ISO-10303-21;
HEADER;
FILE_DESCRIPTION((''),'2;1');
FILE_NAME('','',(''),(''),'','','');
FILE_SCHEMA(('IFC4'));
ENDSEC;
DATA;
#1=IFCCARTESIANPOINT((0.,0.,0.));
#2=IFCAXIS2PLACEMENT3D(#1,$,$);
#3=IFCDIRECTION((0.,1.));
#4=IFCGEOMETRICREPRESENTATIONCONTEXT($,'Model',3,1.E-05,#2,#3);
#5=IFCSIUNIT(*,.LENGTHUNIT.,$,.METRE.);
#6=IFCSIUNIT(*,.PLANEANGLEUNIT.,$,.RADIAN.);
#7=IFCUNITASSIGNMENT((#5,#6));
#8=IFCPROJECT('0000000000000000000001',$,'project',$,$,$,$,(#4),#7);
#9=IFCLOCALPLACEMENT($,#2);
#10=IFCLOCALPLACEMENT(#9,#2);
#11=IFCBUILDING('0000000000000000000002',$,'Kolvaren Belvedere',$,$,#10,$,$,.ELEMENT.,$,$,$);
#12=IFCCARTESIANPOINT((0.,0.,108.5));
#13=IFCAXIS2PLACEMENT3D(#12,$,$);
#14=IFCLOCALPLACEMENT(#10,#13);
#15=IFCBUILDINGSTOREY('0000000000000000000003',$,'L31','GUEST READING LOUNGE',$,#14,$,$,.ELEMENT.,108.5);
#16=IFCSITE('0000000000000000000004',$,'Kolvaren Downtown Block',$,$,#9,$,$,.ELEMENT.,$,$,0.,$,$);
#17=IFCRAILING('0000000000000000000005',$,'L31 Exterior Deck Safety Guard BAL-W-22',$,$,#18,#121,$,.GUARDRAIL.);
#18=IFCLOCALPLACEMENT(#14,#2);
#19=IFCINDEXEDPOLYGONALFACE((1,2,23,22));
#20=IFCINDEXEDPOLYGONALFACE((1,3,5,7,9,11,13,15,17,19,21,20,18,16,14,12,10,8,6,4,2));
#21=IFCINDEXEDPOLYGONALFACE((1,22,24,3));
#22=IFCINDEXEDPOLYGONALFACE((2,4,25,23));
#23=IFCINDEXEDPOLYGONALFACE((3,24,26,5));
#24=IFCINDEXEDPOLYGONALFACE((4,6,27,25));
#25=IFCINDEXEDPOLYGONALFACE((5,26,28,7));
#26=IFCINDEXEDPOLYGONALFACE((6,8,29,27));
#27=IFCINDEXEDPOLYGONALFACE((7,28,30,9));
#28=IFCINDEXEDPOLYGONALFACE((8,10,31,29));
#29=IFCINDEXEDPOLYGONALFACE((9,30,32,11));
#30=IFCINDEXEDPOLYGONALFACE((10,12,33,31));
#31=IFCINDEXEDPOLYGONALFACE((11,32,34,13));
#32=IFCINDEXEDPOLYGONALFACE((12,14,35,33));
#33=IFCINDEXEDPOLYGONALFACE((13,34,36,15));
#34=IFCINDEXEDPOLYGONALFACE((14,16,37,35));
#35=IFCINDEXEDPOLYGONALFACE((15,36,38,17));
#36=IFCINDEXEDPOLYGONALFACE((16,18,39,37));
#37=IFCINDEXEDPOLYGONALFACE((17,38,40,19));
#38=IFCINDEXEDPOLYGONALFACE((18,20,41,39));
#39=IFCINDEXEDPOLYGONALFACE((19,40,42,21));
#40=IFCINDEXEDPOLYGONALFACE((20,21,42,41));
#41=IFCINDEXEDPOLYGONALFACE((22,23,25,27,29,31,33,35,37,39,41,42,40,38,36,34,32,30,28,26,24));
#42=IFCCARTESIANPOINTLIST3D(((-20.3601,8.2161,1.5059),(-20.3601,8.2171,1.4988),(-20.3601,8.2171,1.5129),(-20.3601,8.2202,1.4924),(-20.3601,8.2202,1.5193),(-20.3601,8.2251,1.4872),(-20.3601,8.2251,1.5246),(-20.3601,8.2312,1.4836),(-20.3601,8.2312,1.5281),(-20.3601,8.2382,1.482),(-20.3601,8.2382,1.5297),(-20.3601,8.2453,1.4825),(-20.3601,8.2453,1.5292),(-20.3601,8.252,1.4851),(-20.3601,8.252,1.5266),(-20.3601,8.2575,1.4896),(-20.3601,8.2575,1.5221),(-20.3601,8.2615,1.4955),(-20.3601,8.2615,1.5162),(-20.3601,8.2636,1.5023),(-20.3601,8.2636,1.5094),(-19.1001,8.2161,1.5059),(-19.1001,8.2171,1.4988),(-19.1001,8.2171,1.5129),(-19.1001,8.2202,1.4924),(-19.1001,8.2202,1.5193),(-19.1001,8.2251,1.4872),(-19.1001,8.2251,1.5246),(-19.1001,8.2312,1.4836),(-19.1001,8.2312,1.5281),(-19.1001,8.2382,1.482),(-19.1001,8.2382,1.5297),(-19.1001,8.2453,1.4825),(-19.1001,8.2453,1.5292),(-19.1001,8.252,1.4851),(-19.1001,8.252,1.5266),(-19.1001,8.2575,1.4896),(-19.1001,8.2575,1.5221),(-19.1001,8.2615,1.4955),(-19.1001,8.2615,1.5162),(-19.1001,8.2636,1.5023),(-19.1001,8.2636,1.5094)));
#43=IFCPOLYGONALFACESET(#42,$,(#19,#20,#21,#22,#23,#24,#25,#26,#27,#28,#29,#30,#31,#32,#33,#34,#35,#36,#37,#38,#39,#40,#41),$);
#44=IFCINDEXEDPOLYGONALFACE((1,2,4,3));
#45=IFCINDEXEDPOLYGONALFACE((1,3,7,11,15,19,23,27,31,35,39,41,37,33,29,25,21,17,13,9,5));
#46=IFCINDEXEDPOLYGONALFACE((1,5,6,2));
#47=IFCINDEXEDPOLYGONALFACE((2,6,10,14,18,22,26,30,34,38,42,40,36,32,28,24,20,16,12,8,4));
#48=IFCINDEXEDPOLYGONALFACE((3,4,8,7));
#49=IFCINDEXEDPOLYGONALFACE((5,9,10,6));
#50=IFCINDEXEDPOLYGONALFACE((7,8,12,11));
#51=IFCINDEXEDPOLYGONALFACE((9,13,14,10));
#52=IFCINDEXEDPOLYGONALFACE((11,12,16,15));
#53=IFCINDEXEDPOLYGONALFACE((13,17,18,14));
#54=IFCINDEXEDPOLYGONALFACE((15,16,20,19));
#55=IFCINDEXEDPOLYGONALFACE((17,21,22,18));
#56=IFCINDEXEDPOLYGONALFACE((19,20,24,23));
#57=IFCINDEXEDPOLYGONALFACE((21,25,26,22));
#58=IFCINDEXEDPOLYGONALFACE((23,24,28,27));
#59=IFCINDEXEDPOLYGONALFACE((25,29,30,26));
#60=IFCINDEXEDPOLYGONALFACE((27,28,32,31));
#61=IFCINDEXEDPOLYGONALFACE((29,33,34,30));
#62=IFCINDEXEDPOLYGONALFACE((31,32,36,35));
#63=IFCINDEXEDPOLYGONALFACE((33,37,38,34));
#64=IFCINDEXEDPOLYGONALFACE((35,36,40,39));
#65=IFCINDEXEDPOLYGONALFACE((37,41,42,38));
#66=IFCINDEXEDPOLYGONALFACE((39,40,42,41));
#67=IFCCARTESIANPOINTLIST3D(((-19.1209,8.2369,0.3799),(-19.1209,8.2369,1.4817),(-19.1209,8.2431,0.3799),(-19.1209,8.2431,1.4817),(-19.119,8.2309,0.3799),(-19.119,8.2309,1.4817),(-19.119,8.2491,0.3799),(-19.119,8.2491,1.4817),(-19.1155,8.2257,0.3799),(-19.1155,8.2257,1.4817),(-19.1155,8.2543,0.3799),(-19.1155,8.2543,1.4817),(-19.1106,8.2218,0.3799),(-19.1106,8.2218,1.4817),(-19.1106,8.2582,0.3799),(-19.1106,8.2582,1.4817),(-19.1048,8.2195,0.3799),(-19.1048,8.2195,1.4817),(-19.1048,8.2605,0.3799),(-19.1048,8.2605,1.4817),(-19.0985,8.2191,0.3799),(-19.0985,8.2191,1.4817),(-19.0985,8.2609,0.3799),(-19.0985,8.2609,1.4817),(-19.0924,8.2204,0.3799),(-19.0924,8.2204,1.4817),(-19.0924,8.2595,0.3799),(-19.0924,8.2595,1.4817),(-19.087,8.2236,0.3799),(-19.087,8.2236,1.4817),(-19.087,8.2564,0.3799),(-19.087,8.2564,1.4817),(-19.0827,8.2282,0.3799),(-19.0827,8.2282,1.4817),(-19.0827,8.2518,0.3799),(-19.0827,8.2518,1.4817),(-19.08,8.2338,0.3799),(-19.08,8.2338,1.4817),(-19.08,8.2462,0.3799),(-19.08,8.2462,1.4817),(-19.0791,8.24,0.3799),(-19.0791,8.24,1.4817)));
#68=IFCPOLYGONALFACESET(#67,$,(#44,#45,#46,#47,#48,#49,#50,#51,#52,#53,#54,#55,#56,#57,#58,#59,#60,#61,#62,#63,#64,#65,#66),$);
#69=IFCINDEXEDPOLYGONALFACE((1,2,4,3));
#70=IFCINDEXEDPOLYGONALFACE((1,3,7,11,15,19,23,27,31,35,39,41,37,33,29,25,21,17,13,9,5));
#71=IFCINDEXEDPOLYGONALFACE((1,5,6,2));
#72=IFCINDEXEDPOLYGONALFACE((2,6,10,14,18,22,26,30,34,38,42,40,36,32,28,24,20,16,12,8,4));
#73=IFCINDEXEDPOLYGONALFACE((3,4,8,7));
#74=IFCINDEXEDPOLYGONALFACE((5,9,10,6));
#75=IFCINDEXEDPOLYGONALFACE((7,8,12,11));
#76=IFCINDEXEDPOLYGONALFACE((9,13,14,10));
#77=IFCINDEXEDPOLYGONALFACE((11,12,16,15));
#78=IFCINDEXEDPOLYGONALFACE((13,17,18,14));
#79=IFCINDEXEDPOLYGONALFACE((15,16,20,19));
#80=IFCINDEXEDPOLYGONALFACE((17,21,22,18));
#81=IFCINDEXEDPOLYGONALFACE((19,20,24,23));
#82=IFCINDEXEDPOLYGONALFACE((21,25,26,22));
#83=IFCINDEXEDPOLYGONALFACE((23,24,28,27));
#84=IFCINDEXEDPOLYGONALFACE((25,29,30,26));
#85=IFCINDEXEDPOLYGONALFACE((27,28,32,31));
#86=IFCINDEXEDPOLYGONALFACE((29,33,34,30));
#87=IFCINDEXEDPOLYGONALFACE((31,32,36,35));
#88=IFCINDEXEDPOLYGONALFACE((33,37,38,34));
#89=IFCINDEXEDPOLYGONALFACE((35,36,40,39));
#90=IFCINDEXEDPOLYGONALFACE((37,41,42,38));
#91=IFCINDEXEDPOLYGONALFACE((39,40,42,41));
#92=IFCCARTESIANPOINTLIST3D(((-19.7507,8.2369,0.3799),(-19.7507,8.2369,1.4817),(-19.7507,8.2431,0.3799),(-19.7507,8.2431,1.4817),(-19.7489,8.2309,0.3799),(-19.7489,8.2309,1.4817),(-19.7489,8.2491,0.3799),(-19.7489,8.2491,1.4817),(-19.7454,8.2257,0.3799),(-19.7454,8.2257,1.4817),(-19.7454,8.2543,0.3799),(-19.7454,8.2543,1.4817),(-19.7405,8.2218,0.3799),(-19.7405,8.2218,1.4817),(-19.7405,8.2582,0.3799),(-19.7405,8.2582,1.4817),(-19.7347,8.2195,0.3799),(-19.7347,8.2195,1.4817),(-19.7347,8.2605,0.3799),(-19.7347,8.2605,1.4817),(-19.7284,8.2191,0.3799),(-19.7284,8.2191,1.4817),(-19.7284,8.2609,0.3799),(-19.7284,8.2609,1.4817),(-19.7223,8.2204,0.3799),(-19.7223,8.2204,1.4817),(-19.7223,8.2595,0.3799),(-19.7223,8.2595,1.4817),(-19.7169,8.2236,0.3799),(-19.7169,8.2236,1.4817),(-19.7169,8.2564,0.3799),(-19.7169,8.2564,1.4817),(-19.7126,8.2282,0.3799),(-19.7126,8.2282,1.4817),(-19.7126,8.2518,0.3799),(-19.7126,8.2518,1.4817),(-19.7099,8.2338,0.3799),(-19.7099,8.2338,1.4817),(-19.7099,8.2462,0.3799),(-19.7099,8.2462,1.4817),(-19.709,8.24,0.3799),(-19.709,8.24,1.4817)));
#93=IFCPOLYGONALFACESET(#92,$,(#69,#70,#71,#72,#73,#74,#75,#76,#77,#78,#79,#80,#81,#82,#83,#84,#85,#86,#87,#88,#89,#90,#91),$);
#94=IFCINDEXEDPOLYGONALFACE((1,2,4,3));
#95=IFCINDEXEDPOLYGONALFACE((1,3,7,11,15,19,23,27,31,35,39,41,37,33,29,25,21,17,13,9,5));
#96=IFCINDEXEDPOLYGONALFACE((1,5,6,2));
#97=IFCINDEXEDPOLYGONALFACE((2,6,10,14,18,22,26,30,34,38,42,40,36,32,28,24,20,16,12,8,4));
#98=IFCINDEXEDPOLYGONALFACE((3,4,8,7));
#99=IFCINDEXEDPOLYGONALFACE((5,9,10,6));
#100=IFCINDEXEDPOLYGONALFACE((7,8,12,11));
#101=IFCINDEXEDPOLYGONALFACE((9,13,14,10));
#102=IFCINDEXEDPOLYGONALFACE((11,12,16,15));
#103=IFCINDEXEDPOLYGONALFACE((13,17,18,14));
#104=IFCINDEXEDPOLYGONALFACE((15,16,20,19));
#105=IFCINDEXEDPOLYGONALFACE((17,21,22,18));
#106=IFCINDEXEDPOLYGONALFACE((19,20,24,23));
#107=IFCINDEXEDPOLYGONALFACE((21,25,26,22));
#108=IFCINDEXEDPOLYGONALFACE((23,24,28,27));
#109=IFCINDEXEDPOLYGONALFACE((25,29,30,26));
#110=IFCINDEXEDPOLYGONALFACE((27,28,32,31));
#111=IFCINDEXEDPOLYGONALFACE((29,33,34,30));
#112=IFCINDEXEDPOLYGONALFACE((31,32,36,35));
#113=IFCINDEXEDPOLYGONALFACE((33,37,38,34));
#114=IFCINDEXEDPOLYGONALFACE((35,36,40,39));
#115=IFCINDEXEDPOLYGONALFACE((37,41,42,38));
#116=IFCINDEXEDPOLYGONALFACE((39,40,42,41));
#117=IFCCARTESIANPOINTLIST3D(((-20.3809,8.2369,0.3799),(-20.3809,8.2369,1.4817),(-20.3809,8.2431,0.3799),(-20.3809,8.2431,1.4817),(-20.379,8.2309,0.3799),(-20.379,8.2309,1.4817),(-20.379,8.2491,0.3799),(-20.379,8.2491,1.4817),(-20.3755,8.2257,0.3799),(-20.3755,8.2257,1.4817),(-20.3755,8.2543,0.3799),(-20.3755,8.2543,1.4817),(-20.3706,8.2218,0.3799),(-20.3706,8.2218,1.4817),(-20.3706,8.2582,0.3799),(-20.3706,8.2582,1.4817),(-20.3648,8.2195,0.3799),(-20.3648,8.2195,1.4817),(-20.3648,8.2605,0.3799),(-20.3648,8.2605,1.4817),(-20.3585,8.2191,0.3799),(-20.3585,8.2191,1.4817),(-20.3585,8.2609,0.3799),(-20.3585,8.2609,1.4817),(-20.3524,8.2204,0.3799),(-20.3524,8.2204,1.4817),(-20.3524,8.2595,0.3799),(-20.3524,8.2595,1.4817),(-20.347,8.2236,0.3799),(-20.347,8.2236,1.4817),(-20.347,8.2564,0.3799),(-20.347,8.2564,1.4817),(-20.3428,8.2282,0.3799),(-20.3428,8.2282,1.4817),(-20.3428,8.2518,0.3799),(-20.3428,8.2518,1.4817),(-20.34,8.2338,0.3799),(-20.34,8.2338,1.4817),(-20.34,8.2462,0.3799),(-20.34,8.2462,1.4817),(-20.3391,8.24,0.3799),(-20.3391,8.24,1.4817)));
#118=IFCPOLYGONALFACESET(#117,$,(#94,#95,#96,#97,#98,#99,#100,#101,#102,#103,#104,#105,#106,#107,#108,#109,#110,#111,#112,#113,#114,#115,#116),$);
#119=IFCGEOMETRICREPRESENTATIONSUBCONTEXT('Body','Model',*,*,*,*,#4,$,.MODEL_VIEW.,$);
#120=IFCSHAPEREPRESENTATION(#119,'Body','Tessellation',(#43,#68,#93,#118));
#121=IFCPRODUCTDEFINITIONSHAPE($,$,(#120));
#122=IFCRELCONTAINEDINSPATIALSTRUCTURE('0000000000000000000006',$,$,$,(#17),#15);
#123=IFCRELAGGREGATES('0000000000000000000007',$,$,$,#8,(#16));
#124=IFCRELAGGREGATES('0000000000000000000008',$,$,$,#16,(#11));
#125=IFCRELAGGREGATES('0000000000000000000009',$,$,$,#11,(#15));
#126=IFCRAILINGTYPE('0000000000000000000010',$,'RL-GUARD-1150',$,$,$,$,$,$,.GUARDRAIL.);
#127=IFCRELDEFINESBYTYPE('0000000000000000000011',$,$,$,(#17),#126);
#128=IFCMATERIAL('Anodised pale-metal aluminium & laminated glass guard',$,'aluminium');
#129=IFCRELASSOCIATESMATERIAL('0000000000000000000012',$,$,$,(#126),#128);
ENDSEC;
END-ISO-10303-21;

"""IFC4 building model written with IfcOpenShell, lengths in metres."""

from ifc_helpers import new_model, si_unit, direction, frame, origin, origin_2d, place, context, subcontext, project, spatial, circle, extrude, material, type_object, element, save


model = new_model("IFC4")

# Units and contexts
model_context = context("Model", 3, precision=1e-05, world=origin(), true_north=direction((0.0, 1.0)))
body_context = subcontext(model_context, "Body", "Model", "MODEL_VIEW")
ifc_project = project(units=[si_unit("LENGTHUNIT", "METRE"), si_unit("PLANEANGLEUNIT", "RADIAN")], contexts=[model_context])

# Site, building, storey
site_placement = place(None, origin())
site = spatial("IfcSite", under=ifc_project, at=site_placement, Name="Kolvaren Downtown Block", CompositionType="ELEMENT", RefElevation=0.0)
building_placement = place(site_placement, origin())
building = spatial("IfcBuilding", under=site, at=building_placement, Name="Kolvaren Belvedere", CompositionType="ELEMENT")
storey_placement = place(building_placement, frame((0.0, 0.0, 108.5)))
storey = spatial("IfcBuildingStorey", under=building, at=storey_placement, Name="L31", Description="GUEST READING LOUNGE", CompositionType="ELEMENT", Elevation=108.5)

# Railing
ifc_material_1 = material(Name="Anodised pale-metal aluminium & laminated glass guard", Category="aluminium")
railing_type = type_object("IfcRailingType", Name="RL-GUARD-1150", PredefinedType="GUARDRAIL", material=ifc_material_1)
railing_1_placement = place(storey_placement, frame((-19.1001, 8.24, 0.3799)))
element("IfcRailing", 1, at=railing_1_placement, inside=storey, type_object=railing_type, Name="L31 Exterior Deck Safety Guard BAL-W-22", PredefinedType="GUARDRAIL", context=body_context, shape_type="SweptSolid", body=[
    extrude(circle(Radius=0.0239, at=origin_2d()), frame((0.0, 0.0, 1.126), z_axis=(-1.0, 0.0, 0.0), x_axis=(0.0, -1.0, 0.0)), (0.0, 0.0, 1.0), 1.26),
    extrude(circle(Radius=0.021, at=origin_2d()), origin(), (0.0, 0.0, 1.0), 1.1018),
    extrude(circle(Radius=0.021, at=origin_2d()), frame((-0.6299, 0.0, 0.0)), (0.0, 0.0, 1.0), 1.1018),
    extrude(circle(Radius=0.021, at=origin_2d()), frame((-1.26, 0.0, 0.0)), (0.0, 0.0, 1.0), 1.1018),
])

save(model, "model.ifc")
